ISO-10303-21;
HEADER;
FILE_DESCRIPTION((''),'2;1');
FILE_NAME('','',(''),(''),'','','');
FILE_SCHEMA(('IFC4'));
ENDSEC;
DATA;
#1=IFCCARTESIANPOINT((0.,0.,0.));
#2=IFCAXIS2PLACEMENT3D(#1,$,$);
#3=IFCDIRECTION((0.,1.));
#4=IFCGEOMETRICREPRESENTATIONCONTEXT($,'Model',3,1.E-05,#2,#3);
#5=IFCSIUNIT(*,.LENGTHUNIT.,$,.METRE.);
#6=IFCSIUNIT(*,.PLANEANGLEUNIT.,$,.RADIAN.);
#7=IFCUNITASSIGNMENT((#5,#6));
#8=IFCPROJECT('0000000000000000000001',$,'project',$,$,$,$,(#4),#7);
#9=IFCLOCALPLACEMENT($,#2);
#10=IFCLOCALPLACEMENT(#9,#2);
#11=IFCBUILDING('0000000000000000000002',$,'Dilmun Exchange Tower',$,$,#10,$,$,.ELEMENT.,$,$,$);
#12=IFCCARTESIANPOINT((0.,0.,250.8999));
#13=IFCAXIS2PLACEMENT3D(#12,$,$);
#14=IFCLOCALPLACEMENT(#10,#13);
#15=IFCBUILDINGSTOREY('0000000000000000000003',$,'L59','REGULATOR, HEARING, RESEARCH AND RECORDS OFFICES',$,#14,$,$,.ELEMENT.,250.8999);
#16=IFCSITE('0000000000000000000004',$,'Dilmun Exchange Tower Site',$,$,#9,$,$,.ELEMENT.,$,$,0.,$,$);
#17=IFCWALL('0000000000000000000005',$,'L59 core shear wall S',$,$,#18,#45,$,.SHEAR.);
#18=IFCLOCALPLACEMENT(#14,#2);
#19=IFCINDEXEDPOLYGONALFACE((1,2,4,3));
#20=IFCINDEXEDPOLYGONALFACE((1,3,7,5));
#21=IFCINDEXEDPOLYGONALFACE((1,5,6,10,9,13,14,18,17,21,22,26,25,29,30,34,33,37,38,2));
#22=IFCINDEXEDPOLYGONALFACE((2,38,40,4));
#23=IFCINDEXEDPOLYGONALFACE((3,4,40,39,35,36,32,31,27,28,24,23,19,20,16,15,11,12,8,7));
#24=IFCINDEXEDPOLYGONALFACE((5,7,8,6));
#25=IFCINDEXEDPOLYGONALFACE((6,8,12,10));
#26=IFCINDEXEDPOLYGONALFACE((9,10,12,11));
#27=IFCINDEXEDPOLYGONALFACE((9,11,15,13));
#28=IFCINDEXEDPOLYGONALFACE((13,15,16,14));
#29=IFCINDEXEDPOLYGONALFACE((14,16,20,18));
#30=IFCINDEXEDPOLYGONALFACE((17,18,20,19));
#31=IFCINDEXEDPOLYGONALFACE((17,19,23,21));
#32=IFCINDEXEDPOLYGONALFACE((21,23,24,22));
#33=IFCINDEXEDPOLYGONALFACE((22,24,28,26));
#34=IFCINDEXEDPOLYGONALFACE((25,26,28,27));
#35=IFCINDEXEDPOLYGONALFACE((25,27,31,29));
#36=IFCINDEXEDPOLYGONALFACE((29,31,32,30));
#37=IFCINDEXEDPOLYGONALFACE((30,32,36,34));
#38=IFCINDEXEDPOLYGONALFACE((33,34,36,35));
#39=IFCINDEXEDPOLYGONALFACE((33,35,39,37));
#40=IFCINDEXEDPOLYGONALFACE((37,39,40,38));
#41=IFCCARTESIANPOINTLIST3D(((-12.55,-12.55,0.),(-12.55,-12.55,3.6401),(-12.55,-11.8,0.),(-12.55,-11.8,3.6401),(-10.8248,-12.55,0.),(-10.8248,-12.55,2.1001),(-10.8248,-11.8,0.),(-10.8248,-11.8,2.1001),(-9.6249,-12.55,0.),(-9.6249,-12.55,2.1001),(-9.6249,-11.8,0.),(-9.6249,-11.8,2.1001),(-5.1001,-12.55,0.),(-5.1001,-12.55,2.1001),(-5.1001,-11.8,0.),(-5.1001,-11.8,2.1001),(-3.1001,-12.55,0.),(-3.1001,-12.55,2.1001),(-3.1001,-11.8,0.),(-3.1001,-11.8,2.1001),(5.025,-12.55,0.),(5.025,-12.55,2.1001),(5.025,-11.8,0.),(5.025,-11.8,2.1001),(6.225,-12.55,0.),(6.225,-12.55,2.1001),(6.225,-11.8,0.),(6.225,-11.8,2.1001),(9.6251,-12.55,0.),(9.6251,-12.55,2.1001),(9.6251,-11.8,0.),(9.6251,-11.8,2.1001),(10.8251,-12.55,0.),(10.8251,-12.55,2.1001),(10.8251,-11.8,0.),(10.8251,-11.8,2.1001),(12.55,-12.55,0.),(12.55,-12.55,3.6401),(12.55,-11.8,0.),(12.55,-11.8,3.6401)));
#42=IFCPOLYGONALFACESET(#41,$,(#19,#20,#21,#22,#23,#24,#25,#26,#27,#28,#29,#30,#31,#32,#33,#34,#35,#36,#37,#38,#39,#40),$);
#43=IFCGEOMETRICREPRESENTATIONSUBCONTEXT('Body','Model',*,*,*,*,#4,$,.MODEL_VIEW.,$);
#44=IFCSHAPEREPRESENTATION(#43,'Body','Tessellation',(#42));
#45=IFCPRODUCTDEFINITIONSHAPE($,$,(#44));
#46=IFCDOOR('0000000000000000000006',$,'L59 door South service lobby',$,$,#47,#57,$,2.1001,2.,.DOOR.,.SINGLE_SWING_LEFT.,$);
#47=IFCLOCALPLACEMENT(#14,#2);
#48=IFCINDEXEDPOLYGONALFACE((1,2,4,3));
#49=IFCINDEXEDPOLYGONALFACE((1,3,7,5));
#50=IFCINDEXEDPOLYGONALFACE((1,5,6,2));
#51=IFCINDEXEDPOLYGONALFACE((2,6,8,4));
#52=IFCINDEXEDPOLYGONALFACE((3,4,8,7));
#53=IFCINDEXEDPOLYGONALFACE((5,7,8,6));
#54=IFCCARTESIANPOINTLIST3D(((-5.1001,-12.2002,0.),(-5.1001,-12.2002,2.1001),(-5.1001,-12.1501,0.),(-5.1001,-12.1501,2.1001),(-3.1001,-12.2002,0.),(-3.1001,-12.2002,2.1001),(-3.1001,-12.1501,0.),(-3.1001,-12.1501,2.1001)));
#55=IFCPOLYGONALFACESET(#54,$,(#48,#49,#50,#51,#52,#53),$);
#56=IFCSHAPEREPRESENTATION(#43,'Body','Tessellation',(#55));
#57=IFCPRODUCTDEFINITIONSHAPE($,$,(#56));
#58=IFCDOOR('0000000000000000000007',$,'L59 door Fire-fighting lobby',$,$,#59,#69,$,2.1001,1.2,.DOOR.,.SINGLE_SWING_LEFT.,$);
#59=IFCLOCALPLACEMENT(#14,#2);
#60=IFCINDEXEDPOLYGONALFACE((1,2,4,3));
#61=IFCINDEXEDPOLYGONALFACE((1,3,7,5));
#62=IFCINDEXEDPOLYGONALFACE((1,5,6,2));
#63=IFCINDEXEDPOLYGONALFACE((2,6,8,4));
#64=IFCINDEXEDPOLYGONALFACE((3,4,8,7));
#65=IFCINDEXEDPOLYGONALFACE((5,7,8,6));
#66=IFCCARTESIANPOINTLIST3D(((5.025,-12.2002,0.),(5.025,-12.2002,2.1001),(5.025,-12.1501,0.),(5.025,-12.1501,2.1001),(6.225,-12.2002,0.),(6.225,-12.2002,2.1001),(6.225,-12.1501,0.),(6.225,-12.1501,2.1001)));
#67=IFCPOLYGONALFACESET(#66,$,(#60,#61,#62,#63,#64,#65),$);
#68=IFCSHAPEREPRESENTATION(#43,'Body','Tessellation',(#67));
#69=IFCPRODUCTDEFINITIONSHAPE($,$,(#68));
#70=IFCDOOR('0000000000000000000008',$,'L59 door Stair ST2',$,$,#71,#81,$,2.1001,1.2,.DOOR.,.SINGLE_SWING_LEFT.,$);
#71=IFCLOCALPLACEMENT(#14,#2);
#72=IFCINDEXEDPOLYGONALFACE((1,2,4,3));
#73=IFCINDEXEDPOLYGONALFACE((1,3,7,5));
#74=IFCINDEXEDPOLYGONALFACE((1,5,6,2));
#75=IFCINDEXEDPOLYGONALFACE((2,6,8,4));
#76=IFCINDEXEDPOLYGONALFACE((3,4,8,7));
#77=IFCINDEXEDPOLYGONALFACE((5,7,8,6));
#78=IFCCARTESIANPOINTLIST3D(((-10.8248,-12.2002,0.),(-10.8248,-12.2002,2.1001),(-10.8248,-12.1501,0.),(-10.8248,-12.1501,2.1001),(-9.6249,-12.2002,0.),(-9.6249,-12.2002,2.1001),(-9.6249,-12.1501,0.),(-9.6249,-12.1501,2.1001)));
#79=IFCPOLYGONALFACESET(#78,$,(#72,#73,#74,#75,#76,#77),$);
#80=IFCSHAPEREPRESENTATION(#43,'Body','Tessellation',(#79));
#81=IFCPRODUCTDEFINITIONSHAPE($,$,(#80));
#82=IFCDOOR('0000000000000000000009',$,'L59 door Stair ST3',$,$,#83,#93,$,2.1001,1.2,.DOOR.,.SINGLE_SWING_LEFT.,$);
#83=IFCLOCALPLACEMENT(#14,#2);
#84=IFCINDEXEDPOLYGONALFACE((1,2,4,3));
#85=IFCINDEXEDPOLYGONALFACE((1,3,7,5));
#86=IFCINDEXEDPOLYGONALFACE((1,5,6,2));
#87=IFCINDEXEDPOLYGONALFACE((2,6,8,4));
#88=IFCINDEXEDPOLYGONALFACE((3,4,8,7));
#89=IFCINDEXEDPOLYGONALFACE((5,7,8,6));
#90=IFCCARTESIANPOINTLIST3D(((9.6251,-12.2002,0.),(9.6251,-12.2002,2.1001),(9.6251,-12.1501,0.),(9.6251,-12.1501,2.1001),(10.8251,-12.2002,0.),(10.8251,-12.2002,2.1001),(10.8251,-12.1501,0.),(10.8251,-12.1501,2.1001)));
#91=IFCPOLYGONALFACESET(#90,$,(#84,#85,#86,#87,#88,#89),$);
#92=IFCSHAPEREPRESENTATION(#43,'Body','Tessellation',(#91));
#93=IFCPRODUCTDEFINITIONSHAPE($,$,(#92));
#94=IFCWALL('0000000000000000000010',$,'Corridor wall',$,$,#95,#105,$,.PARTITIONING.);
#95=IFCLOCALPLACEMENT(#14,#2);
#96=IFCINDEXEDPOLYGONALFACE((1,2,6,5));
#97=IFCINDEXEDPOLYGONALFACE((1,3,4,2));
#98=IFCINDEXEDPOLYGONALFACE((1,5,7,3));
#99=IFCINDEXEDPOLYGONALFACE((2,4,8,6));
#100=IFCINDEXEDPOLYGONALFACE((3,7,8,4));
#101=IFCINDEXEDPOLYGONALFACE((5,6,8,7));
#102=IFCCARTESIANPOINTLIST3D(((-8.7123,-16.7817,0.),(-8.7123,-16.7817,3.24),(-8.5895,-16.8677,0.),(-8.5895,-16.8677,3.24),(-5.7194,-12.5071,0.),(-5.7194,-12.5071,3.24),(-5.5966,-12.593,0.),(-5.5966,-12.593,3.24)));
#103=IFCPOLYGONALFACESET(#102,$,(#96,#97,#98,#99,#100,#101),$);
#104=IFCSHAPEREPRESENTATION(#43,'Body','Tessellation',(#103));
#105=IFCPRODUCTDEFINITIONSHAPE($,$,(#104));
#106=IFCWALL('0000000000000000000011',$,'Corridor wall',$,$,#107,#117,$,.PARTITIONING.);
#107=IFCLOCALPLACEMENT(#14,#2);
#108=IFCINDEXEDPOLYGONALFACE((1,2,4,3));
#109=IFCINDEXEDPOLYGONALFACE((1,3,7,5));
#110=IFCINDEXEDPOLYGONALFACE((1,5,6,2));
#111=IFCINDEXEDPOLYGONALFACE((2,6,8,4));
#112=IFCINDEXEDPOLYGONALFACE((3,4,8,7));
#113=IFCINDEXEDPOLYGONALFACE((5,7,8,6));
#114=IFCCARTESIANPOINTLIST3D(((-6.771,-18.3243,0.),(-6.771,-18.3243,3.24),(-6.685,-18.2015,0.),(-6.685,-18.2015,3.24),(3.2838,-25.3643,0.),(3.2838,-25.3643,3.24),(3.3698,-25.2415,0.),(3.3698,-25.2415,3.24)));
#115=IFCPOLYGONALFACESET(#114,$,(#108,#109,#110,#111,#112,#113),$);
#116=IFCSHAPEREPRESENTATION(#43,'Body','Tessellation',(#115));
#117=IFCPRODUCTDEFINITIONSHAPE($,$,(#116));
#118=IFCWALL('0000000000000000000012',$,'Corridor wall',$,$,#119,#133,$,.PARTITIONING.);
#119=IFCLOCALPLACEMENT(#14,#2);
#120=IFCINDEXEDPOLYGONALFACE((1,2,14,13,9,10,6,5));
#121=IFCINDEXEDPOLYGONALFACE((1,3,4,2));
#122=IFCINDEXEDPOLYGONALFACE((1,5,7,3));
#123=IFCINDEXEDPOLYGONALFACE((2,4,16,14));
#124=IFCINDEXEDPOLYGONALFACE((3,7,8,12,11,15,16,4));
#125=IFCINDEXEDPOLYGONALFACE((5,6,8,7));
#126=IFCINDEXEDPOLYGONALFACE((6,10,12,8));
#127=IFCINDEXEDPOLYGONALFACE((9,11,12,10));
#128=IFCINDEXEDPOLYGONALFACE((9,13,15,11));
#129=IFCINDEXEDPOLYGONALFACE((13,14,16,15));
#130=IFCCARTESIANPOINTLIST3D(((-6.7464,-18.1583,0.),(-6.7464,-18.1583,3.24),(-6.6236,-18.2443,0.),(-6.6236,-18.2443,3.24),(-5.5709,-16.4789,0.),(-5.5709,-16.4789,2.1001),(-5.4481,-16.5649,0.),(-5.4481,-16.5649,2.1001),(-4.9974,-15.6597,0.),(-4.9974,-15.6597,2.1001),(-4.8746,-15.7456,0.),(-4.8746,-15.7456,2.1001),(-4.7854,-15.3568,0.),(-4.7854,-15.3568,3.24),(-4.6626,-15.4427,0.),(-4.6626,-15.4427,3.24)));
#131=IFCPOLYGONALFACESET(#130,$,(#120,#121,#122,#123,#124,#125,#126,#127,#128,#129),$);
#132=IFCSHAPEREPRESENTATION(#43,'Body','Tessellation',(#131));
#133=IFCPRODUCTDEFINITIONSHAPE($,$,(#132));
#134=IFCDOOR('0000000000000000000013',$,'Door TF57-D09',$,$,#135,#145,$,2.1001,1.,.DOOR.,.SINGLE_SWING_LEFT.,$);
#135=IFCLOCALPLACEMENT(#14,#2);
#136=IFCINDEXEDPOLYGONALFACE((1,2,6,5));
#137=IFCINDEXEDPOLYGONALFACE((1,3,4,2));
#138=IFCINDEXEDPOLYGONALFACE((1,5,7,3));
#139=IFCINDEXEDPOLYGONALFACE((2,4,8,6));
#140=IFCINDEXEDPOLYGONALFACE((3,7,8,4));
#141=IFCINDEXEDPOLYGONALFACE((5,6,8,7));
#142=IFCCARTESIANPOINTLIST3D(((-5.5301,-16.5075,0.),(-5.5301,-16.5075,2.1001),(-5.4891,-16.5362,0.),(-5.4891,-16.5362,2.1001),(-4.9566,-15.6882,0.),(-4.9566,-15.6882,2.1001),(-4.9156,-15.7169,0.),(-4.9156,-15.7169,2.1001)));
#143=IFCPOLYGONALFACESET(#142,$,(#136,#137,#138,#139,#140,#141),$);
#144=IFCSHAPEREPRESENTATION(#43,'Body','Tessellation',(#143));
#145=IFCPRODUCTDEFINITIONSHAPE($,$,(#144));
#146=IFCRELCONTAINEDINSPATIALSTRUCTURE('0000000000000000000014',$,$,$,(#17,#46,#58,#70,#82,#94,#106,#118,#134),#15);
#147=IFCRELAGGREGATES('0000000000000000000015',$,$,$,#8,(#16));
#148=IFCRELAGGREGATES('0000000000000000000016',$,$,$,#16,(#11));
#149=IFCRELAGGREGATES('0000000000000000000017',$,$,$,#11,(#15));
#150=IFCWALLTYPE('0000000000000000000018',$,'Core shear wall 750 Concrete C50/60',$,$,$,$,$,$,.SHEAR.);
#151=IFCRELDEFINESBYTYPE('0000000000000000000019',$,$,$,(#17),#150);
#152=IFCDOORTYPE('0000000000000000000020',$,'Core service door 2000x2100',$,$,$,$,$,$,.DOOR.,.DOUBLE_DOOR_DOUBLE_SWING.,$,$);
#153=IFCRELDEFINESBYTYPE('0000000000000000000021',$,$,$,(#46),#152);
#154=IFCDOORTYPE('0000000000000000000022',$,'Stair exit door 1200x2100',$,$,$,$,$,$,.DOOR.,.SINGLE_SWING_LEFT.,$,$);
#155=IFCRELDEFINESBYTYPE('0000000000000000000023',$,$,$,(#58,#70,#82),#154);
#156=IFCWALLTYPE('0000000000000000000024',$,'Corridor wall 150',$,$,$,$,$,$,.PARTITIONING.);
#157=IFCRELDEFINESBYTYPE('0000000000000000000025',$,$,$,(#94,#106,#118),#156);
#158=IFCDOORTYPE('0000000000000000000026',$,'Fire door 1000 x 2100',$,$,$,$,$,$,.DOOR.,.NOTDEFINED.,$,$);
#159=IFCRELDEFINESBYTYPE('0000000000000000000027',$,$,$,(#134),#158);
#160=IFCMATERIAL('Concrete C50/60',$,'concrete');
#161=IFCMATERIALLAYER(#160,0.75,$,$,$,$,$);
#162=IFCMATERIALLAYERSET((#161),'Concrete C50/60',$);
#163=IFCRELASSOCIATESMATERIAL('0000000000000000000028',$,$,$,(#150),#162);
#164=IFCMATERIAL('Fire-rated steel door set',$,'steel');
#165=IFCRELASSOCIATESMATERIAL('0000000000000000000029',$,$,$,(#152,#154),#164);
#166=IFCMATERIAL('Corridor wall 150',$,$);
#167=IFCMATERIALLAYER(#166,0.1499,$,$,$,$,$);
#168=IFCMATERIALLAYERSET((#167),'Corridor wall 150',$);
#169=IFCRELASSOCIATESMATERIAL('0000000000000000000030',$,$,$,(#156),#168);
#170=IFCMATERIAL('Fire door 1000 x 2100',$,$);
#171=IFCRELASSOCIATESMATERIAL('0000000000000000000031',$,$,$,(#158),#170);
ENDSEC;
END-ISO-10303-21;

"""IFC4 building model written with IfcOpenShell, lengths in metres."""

from ifc_helpers import new_model, si_unit, direction, frame, frame_2d, origin, place, context, subcontext, project, spatial, rectangle, extrude, material, layer, layer_set, type_object, element, fill, save


model = new_model("IFC4")

# Units and contexts
model_context = context("Model", 3, precision=1e-05, world=origin(), true_north=direction((0.0, 1.0)))
body_context = subcontext(model_context, "Body", "Model", "MODEL_VIEW")
ifc_project = project(units=[si_unit("LENGTHUNIT", "METRE"), si_unit("PLANEANGLEUNIT", "RADIAN")], contexts=[model_context])

# Site, building, storey
site_placement = place(None, origin())
site = spatial("IfcSite", under=ifc_project, at=site_placement, Name="Dilmun Exchange Tower Site", CompositionType="ELEMENT", RefElevation=0.0)
building_placement = place(site_placement, origin())
building = spatial("IfcBuilding", under=site, at=building_placement, Name="Dilmun Exchange Tower", CompositionType="ELEMENT")
storey_placement = place(building_placement, frame((0.0, 0.0, 250.8999)))
storey = spatial("IfcBuildingStorey", under=building, at=storey_placement, Name="L59", Description="REGULATOR, HEARING, RESEARCH AND RECORDS OFFICES", CompositionType="ELEMENT", Elevation=250.8999)

# Shared definitions
ifc_material_1 = material(Name="Concrete C50/60", Category="concrete")

# Shared definitions
ifc_material_2 = material(Name="Fire-rated steel door set", Category="steel")

# Wall, openings, doors
ifc_layer_1 = layer(ifc_material_1, 0.75)
ifc_layer_set_1 = layer_set([ifc_layer_1], Name="Concrete C50/60")
wall_type_1 = type_object("IfcWallType", Name="Core shear wall 750 Concrete C50/60", PredefinedType="SHEAR", material=ifc_layer_set_1)
wall_1_placement = place(storey_placement, frame((-12.55, -12.175, 0.0), z_axis=(0.0, 0.0, 1.0), x_axis=(1.0, 0.0, 0.0)))
wall_1 = element("IfcWall", 1, at=wall_1_placement, inside=storey, type_object=wall_type_1, Name="L59 core shear wall S", PredefinedType="SHEAR", context=body_context, shape_type="SweptSolid", body=[
    extrude(rectangle(XDim=25.1001, YDim=0.75, at=frame_2d((12.55, 0.0))), origin(), (0.0, 0.0, 1.0), 3.6401),
])
opening_1_placement = place(wall_1_placement, frame((7.45, 0.0, 0.0)))
opening_1 = element("IfcOpeningElement", 2, at=opening_1_placement, cuts=wall_1, PredefinedType="OPENING", context=body_context, shape_type="SweptSolid", body=[
    extrude(rectangle(XDim=2.0, YDim=2.1001, at=frame_2d((1.0, 1.05))), frame((0.0, 0.385, 0.0), z_axis=(0.0, -1.0, 0.0), x_axis=(1.0, 0.0, 0.0)), (0.0, 0.0, 1.0), 0.77),
])
opening_2_placement = place(wall_1_placement, frame((17.575, 0.0, 0.0)))
opening_2 = element("IfcOpeningElement", 3, at=opening_2_placement, cuts=wall_1, PredefinedType="OPENING", context=body_context, shape_type="SweptSolid", body=[
    extrude(rectangle(XDim=1.2, YDim=2.1001, at=frame_2d((0.6001, 1.05))), frame((0.0, 0.385, 0.0), z_axis=(0.0, -1.0, 0.0), x_axis=(1.0, 0.0, 0.0)), (0.0, 0.0, 1.0), 0.77),
])
opening_3_placement = place(wall_1_placement, frame((1.7251, 0.0, 0.0)))
opening_3 = element("IfcOpeningElement", 4, at=opening_3_placement, cuts=wall_1, PredefinedType="OPENING", context=body_context, shape_type="SweptSolid", body=[
    extrude(rectangle(XDim=1.2, YDim=2.1001, at=frame_2d((0.6001, 1.05))), frame((0.0, 0.385, 0.0), z_axis=(0.0, -1.0, 0.0), x_axis=(1.0, 0.0, 0.0)), (0.0, 0.0, 1.0), 0.77),
])
opening_4_placement = place(wall_1_placement, frame((22.175, 0.0, 0.0)))
opening_4 = element("IfcOpeningElement", 5, at=opening_4_placement, cuts=wall_1, PredefinedType="OPENING", context=body_context, shape_type="SweptSolid", body=[
    extrude(rectangle(XDim=1.2, YDim=2.1001, at=frame_2d((0.6001, 1.05))), frame((0.0, 0.385, 0.0), z_axis=(0.0, -1.0, 0.0), x_axis=(1.0, 0.0, 0.0)), (0.0, 0.0, 1.0), 0.77),
])
door_type_1 = type_object("IfcDoorType", Name="Core service door 2000x2100", OperationType="DOUBLE_DOOR_DOUBLE_SWING", PredefinedType="DOOR", material=ifc_material_2)
door_1_placement = place(opening_1_placement, origin())
door_1 = element("IfcDoor", 6, at=door_1_placement, inside=storey, type_object=door_type_1, Name="L59 door South service lobby", OperationType="SINGLE_SWING_LEFT", OverallHeight=2.1001, OverallWidth=2.0, PredefinedType="DOOR", context=body_context, shape_type="SweptSolid", body=[
    extrude(rectangle(XDim=2.0, YDim=2.1001, at=frame_2d((1.0, 1.05))), frame((0.0, 0.0249, 0.0), z_axis=(0.0, -1.0, 0.0), x_axis=(1.0, 0.0, 0.0)), (0.0, 0.0, 1.0), 0.05),
])
fill(opening_1, door_1)
door_type_2 = type_object("IfcDoorType", Name="Stair exit door 1200x2100", OperationType="SINGLE_SWING_LEFT", PredefinedType="DOOR", material=ifc_material_2)
door_2_placement = place(opening_2_placement, origin())
door_2 = element("IfcDoor", 7, at=door_2_placement, inside=storey, type_object=door_type_2, Name="L59 door Fire-fighting lobby", OperationType="SINGLE_SWING_LEFT", OverallHeight=2.1001, OverallWidth=1.2, PredefinedType="DOOR", context=body_context, shape_type="SweptSolid", body=[
    extrude(rectangle(XDim=1.2, YDim=2.1001, at=frame_2d((0.6001, 1.05))), frame((0.0, 0.0249, 0.0), z_axis=(0.0, -1.0, 0.0), x_axis=(1.0, 0.0, 0.0)), (0.0, 0.0, 1.0), 0.05),
])
fill(opening_2, door_2)
door_3_placement = place(opening_3_placement, origin())
door_3 = element("IfcDoor", 8, at=door_3_placement, inside=storey, type_object=door_type_2, Name="L59 door Stair ST2", OperationType="SINGLE_SWING_LEFT", OverallHeight=2.1001, OverallWidth=1.2, PredefinedType="DOOR", context=body_context, shape_type="SweptSolid", body=[
    extrude(rectangle(XDim=1.2, YDim=2.1001, at=frame_2d((0.6001, 1.05))), frame((0.0, 0.0249, 0.0), z_axis=(0.0, -1.0, 0.0), x_axis=(1.0, 0.0, 0.0)), (0.0, 0.0, 1.0), 0.05),
])
fill(opening_3, door_3)
door_4_placement = place(opening_4_placement, origin())
door_4 = element("IfcDoor", 9, at=door_4_placement, inside=storey, type_object=door_type_2, Name="L59 door Stair ST3", OperationType="SINGLE_SWING_LEFT", OverallHeight=2.1001, OverallWidth=1.2, PredefinedType="DOOR", context=body_context, shape_type="SweptSolid", body=[
    extrude(rectangle(XDim=1.2, YDim=2.1001, at=frame_2d((0.6001, 1.05))), frame((0.0, 0.0249, 0.0), z_axis=(0.0, -1.0, 0.0), x_axis=(1.0, 0.0, 0.0)), (0.0, 0.0, 1.0), 0.05),
])
fill(opening_4, door_4)

# Walls
ifc_material_3 = material(Name="Corridor wall 150")
ifc_layer_2 = layer(ifc_material_3, 0.1499)
ifc_layer_set_2 = layer_set([ifc_layer_2], Name="Corridor wall 150")
wall_type_2 = type_object("IfcWallType", Name="Corridor wall 150", PredefinedType="PARTITIONING", material=ifc_layer_set_2)
wall_2_placement = place(storey_placement, frame((-8.6509, -16.8247, 0.0), z_axis=(0.0, 0.0, 1.0), x_axis=(0.573547, 0.819173, 0.0)))
element("IfcWall", 10, at=wall_2_placement, inside=storey, type_object=wall_type_2, Name="Corridor wall", PredefinedType="PARTITIONING", context=body_context, shape_type="SweptSolid", body=[
    extrude(rectangle(XDim=5.2183, YDim=0.1499, at=frame_2d((2.6091, 0.0))), origin(), (0.0, 0.0, 1.0), 3.24),
])
wall_3_placement = place(storey_placement, frame((-6.728, -18.2629, 0.0), z_axis=(0.0, 0.0, 1.0), x_axis=(0.819171, -0.573549, 0.0)))
element("IfcWall", 11, at=wall_3_placement, inside=storey, type_object=wall_type_2, Name="Corridor wall", PredefinedType="PARTITIONING", context=body_context, shape_type="SweptSolid", body=[
    extrude(rectangle(XDim=12.2744, YDim=0.1499, at=frame_2d((6.1372, 0.0))), origin(), (0.0, 0.0, 1.0), 3.24),
])

# Wall, opening, door
wall_4_placement = place(storey_placement, frame((-6.6851, -18.2014, 0.0), z_axis=(0.0, 0.0, 1.0), x_axis=(0.573438, 0.819249, 0.0)))
wall_4 = element("IfcWall", 12, at=wall_4_placement, inside=storey, type_object=wall_type_2, Name="Corridor wall", PredefinedType="PARTITIONING", context=body_context, shape_type="SweptSolid", body=[
    extrude(rectangle(XDim=3.4197, YDim=0.1499, at=frame_2d((1.71, 0.0))), origin(), (0.0, 0.0, 1.0), 3.24),
])
opening_5_placement = place(wall_4_placement, frame((2.05, 0.0, 0.0)))
opening_5 = element("IfcOpeningElement", 13, at=opening_5_placement, cuts=wall_4, PredefinedType="OPENING", context=body_context, shape_type="SweptSolid", body=[
    extrude(rectangle(XDim=1.0, YDim=2.1001, at=frame_2d((0.5, 1.05))), frame((0.0, 0.085, 0.0), z_axis=(0.0, -1.0, 0.0), x_axis=(1.0, 0.0, 0.0)), (0.0, 0.0, 1.0), 0.1699),
])
ifc_material_4 = material(Name="Fire door 1000 x 2100")
door_type_3 = type_object("IfcDoorType", Name="Fire door 1000 x 2100", OperationType="NOTDEFINED", PredefinedType="DOOR", material=ifc_material_4)
door_5_placement = place(opening_5_placement, frame((1.0, 0.0, 0.0), z_axis=(0.0, 0.0, 1.0), x_axis=(-1.0, 0.0, 0.0)))
door_5 = element("IfcDoor", 14, at=door_5_placement, inside=storey, type_object=door_type_3, Name="Door TF57-D09", OperationType="SINGLE_SWING_LEFT", OverallHeight=2.1001, OverallWidth=1.0, PredefinedType="DOOR", context=body_context, shape_type="SweptSolid", body=[
    extrude(rectangle(XDim=1.0, YDim=2.1001, at=frame_2d((0.5, 1.05))), frame((0.0, 0.0249, 0.0), z_axis=(0.0, -1.0, 0.0), x_axis=(1.0, 0.0, 0.0)), (0.0, 0.0, 1.0), 0.05),
])
fill(opening_5, door_5)

save(model, "model.ifc")
